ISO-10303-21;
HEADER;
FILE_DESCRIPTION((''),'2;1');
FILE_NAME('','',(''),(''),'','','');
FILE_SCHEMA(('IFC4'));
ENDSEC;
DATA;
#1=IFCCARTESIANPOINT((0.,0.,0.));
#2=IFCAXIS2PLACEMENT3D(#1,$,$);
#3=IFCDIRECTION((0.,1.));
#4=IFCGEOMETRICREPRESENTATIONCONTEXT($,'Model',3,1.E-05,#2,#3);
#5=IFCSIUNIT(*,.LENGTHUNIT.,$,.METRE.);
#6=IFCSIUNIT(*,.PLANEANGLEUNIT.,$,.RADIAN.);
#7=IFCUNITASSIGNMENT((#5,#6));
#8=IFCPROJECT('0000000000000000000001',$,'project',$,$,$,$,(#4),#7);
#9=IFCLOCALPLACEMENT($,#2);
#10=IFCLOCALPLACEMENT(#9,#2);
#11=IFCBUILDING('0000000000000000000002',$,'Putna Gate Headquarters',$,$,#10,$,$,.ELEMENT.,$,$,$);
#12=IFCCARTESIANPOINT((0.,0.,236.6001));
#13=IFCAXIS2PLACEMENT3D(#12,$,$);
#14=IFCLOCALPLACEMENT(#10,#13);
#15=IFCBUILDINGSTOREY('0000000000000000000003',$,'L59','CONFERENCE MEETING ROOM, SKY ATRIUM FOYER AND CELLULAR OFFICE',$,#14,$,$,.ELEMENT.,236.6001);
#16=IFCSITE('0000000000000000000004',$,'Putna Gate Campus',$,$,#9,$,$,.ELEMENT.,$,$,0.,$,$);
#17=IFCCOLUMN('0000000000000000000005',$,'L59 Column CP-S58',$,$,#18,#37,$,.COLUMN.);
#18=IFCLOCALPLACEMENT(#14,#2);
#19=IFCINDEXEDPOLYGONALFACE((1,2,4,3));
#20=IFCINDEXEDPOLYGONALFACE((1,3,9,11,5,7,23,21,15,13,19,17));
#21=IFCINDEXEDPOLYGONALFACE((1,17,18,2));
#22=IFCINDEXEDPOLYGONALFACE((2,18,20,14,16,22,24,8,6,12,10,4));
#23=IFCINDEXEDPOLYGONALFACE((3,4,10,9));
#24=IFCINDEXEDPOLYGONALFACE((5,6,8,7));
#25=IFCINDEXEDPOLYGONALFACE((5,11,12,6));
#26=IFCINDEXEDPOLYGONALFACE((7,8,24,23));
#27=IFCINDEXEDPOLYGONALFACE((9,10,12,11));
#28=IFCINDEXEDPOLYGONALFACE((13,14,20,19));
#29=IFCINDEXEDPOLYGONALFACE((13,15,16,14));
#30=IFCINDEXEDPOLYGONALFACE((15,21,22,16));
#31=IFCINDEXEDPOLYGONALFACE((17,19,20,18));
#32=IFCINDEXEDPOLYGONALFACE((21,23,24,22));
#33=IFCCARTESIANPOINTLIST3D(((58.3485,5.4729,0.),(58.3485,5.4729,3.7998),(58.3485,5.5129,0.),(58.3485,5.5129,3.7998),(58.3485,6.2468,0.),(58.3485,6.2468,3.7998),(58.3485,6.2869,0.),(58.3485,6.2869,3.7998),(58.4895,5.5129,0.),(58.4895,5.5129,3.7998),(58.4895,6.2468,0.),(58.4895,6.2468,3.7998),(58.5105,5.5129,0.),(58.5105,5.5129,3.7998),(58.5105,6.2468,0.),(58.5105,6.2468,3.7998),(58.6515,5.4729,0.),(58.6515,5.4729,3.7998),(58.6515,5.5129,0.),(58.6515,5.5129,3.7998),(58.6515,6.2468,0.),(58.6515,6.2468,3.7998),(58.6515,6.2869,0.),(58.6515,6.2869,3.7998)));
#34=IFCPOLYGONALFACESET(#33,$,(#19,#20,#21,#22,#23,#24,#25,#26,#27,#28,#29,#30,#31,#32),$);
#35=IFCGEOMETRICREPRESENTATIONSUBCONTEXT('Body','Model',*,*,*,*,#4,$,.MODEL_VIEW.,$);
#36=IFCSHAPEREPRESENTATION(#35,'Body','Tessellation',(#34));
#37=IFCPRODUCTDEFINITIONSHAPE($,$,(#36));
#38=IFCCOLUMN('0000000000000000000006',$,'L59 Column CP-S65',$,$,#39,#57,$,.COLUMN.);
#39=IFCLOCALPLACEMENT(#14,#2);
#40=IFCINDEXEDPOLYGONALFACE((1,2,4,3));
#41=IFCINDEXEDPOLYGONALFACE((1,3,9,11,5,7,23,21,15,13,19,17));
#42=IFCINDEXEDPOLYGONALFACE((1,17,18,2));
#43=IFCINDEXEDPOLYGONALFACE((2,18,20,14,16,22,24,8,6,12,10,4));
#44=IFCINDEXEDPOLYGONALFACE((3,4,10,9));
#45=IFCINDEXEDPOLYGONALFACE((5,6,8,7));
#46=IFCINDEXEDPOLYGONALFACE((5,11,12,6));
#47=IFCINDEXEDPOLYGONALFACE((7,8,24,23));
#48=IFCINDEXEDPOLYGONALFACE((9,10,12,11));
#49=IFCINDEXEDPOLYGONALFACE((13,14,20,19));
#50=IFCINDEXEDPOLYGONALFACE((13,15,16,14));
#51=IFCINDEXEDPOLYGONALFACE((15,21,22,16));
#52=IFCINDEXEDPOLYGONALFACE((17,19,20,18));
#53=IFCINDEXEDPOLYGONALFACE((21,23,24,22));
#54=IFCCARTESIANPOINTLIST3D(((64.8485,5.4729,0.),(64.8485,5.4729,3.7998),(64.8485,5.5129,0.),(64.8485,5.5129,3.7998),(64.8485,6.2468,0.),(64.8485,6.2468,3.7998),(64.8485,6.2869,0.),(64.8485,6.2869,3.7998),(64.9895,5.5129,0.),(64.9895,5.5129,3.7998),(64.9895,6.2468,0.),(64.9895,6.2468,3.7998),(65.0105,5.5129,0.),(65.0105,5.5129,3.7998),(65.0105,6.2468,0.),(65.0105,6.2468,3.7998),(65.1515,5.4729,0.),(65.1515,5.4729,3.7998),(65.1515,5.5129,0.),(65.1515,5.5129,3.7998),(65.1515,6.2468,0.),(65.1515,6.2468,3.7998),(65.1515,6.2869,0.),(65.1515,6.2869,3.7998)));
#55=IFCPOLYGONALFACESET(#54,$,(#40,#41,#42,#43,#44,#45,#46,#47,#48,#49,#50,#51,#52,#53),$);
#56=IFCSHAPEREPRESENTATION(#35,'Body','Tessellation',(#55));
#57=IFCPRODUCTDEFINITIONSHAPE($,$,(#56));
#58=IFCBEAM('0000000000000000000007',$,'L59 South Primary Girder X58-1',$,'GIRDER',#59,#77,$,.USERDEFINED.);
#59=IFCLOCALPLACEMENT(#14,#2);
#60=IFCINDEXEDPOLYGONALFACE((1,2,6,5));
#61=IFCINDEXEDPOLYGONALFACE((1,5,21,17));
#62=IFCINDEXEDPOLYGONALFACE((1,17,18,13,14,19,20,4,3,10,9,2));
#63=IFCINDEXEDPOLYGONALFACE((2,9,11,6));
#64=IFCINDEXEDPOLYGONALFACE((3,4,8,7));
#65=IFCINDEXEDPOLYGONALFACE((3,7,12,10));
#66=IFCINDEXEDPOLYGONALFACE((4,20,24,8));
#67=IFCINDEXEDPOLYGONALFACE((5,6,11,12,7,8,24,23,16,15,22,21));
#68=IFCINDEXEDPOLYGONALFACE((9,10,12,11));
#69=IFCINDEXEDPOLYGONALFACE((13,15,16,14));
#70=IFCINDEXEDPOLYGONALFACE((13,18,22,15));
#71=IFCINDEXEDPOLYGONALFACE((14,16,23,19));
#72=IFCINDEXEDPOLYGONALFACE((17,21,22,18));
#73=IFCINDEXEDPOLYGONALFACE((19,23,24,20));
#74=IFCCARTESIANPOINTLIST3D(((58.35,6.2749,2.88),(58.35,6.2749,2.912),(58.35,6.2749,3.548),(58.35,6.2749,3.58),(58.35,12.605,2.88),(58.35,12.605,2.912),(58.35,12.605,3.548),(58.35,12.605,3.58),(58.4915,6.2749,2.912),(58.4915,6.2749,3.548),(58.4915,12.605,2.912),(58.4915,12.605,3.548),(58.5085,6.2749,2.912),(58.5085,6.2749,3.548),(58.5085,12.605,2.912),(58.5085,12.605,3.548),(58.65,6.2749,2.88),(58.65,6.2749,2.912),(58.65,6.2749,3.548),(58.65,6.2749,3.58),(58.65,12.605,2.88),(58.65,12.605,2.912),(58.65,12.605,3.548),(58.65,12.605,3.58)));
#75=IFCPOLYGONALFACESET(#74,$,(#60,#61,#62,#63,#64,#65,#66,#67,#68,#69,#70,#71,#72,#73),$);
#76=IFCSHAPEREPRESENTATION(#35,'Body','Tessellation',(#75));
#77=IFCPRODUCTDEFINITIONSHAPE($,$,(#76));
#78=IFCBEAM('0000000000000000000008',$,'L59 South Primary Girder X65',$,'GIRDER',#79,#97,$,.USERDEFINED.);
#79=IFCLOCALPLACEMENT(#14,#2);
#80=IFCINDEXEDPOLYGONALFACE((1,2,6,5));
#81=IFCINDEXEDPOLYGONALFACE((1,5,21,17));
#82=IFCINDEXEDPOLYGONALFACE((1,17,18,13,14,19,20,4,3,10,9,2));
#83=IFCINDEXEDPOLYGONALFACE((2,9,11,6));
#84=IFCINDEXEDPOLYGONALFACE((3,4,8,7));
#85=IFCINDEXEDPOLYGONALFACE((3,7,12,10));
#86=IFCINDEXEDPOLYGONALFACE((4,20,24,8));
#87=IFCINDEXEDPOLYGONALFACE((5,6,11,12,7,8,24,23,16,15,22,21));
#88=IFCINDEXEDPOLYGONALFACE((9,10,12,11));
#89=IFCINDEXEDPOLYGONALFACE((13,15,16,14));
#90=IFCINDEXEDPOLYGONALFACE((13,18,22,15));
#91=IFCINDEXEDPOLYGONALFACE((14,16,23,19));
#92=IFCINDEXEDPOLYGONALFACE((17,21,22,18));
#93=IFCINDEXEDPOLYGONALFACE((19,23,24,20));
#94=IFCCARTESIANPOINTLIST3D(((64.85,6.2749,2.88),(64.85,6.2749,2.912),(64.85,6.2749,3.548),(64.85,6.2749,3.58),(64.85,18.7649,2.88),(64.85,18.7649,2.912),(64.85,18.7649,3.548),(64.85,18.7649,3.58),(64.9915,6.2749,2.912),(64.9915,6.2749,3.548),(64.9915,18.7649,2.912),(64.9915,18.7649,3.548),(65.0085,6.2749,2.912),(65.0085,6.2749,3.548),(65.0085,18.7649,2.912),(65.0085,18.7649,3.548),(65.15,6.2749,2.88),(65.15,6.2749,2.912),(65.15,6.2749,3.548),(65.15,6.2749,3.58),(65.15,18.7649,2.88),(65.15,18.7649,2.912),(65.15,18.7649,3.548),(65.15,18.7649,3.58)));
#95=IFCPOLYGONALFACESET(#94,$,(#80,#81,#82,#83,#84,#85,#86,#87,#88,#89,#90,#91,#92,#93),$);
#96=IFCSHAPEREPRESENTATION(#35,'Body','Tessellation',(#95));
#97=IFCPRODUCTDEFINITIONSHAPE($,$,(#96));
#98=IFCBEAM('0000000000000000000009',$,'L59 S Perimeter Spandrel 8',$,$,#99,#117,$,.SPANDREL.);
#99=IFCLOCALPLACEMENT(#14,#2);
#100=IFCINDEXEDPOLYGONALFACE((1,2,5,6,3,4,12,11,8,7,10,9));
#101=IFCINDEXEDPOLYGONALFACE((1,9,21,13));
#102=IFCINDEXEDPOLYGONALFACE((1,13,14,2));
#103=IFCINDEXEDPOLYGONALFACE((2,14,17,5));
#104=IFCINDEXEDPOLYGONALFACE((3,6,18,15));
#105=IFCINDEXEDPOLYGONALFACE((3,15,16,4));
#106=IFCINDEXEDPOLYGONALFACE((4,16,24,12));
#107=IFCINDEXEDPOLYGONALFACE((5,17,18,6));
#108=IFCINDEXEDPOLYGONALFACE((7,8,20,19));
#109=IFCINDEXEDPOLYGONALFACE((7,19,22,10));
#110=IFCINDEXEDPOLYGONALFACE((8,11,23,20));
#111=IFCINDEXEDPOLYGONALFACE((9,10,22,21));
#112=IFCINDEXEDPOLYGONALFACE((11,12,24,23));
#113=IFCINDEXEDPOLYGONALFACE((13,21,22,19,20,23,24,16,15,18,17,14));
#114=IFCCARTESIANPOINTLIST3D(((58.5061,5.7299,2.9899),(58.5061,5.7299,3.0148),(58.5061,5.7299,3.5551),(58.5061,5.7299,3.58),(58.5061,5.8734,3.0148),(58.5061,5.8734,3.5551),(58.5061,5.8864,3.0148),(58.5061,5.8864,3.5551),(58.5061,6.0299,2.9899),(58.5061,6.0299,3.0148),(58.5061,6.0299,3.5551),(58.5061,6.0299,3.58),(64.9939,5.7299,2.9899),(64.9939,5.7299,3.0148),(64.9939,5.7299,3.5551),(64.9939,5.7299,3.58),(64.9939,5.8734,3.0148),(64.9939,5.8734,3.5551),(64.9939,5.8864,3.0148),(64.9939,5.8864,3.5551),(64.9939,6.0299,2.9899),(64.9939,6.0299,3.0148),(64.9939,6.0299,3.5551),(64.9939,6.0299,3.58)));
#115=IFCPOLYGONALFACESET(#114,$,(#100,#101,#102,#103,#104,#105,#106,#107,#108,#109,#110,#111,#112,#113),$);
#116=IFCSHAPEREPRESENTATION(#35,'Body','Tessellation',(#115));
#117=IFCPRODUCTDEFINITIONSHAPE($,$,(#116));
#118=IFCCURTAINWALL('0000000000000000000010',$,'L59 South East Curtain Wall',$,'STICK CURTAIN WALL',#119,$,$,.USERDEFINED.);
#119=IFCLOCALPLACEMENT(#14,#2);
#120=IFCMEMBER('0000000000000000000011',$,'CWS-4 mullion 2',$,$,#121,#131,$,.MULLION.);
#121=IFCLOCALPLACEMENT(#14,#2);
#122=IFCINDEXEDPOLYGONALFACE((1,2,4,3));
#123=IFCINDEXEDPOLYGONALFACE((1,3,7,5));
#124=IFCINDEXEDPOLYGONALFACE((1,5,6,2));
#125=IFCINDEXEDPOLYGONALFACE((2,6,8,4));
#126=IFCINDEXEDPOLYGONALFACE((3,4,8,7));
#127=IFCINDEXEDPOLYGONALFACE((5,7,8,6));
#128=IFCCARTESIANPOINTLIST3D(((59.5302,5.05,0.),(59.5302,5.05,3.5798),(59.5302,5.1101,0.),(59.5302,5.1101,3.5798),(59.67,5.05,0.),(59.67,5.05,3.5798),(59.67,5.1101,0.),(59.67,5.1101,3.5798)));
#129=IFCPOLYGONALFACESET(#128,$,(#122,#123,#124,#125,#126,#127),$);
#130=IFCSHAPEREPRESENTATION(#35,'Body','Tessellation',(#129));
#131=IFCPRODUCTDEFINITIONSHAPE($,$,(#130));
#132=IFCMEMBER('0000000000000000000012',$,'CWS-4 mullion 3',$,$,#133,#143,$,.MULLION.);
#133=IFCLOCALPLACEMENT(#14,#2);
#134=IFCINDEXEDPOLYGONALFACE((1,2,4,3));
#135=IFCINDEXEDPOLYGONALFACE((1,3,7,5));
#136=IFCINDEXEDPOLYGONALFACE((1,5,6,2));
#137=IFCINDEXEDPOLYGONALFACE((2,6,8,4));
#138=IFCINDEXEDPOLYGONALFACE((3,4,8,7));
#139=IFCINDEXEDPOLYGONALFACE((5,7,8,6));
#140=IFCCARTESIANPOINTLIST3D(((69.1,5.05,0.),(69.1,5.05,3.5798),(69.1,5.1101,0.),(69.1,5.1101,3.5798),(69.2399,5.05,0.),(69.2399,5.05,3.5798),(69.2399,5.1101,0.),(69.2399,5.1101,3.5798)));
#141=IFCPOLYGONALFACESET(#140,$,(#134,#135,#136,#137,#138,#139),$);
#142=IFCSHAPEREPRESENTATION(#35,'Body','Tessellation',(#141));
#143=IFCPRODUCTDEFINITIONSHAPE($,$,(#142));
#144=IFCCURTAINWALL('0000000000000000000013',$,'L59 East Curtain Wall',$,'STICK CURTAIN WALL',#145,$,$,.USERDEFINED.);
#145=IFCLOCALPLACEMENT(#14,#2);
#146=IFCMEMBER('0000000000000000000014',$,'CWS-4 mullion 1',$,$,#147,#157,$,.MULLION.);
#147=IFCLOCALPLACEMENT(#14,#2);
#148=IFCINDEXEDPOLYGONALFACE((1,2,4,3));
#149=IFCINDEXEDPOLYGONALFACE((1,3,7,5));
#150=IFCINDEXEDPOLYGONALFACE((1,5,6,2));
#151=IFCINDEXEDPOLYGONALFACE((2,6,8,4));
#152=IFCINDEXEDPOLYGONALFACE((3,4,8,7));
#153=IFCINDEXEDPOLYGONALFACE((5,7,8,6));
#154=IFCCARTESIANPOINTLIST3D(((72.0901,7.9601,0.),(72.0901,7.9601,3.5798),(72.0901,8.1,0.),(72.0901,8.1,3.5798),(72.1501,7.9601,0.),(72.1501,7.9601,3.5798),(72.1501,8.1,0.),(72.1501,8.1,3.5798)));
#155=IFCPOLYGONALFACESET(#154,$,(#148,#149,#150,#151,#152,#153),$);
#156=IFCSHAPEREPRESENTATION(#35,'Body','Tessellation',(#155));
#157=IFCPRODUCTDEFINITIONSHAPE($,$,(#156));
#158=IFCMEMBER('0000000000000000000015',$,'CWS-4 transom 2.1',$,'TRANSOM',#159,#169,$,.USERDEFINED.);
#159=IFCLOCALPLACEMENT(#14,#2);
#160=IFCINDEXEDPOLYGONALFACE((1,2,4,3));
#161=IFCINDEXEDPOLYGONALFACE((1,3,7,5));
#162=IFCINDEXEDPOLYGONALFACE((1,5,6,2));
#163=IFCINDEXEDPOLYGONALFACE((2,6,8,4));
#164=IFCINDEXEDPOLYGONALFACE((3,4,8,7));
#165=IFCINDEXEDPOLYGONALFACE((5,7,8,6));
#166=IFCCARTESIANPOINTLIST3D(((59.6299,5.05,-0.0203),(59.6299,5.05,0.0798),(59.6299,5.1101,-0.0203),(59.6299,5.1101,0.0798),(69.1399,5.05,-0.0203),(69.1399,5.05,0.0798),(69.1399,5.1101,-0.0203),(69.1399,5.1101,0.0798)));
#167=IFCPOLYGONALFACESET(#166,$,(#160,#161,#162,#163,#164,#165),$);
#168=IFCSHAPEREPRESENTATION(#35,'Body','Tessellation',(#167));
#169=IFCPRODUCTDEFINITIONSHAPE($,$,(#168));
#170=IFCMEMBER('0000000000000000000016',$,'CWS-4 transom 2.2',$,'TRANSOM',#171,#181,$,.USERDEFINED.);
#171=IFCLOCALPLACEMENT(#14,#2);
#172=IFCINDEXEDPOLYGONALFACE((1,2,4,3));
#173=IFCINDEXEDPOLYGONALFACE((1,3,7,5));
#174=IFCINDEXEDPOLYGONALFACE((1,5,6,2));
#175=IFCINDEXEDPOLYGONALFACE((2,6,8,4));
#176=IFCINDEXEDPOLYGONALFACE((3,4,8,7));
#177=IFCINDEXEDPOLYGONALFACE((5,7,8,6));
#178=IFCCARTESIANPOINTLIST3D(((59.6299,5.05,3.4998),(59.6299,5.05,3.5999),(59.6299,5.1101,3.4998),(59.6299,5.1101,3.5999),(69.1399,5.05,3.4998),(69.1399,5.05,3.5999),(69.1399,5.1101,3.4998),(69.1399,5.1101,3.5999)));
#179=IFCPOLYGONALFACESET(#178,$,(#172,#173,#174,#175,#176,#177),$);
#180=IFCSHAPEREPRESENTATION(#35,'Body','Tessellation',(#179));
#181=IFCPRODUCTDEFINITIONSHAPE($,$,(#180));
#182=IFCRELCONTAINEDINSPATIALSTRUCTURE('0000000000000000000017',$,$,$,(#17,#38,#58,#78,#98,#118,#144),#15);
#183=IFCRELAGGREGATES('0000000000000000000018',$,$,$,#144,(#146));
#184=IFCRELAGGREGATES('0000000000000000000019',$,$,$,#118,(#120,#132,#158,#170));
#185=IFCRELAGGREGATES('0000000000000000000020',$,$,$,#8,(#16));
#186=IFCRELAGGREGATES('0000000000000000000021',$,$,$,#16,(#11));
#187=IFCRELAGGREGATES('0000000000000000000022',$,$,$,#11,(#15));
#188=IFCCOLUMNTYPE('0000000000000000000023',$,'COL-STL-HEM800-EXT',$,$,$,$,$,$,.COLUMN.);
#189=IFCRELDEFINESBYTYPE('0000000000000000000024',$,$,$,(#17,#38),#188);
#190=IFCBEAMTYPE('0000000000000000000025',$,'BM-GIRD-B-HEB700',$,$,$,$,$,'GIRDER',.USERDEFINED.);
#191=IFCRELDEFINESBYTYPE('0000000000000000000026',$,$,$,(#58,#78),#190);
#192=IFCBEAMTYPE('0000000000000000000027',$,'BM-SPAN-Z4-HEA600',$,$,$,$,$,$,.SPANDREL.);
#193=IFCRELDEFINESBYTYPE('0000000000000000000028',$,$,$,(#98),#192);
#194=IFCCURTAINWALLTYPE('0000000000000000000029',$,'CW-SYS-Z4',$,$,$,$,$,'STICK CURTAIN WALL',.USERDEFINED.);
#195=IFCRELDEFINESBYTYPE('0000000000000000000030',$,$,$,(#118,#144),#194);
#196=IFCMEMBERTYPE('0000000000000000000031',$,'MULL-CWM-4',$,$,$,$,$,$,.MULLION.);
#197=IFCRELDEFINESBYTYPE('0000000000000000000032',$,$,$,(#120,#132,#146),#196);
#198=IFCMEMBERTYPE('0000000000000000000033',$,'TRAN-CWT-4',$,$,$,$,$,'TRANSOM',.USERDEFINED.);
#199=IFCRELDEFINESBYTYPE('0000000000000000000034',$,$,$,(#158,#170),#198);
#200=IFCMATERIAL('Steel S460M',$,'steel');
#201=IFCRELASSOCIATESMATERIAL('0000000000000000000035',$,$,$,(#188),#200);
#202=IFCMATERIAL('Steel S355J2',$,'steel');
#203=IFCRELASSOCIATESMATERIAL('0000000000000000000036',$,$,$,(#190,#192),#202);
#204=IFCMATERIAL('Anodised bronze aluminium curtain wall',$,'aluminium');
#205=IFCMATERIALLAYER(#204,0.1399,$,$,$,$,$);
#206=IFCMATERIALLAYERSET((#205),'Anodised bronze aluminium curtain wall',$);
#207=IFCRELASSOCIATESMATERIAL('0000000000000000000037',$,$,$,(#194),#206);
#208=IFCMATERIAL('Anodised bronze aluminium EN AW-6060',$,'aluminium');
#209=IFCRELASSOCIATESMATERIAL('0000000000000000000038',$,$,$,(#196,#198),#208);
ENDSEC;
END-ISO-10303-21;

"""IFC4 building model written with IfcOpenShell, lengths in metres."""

from ifc_helpers import new_model, si_unit, direction, frame, origin, origin_2d, place, context, subcontext, project, spatial, rectangle, i_section, extrude, material, layer, layer_set, material_profile, profile_set, type_object, element, aggregate, save


model = new_model("IFC4")

# Units and contexts
model_context = context("Model", 3, precision=1e-05, world=origin(), true_north=direction((0.0, 1.0)))
body_context = subcontext(model_context, "Body", "Model", "MODEL_VIEW")
ifc_project = project(units=[si_unit("LENGTHUNIT", "METRE"), si_unit("PLANEANGLEUNIT", "RADIAN")], contexts=[model_context])

# Site, building, storey
site_placement = place(None, origin())
site = spatial("IfcSite", under=ifc_project, at=site_placement, Name="Putna Gate Campus", CompositionType="ELEMENT", RefElevation=0.0)
building_placement = place(site_placement, origin())
building = spatial("IfcBuilding", under=site, at=building_placement, Name="Putna Gate Headquarters", CompositionType="ELEMENT")
storey_placement = place(building_placement, frame((0.0, 0.0, 236.6001)))
storey = spatial("IfcBuildingStorey", under=building, at=storey_placement, Name="L59", Description="CONFERENCE MEETING ROOM, SKY ATRIUM FOYER AND CELLULAR OFFICE", CompositionType="ELEMENT", Elevation=236.6001)

# Columns
ifc_material_1 = material(Name="Steel S460M", Category="steel")
ifc_material_profile_1 = material_profile(ifc_material_1, i_section(OverallWidth=0.303, OverallDepth=0.814, WebThickness=0.021, FlangeThickness=0.04, at=origin_2d()), Name="Steel S460M")
ifc_profile_set_1 = profile_set([ifc_material_profile_1], Name="Steel S460M")
column_type = type_object("IfcColumnType", Name="COL-STL-HEM800-EXT", PredefinedType="COLUMN", material=ifc_profile_set_1)
for number, where, z_axis, x_axis, name in (
    (1, (58.5, 5.8799, 0.0), (0.0, 0.0, 1.0), (1.0, 0.0, 0.0), "L59 Column CP-S58"),
    (2, (65.0, 5.8799, 0.0), (0.0, 0.0, 1.0), (1.0, 0.0, 0.0), "L59 Column CP-S65"),
):
    element("IfcColumn", number, at=place(storey_placement, frame(where, z_axis=z_axis, x_axis=x_axis)), inside=storey, type_object=column_type, Name=name, PredefinedType="COLUMN", context=body_context, shape_type="SweptSolid", body=[
        extrude(i_section(OverallWidth=0.303, OverallDepth=0.814, WebThickness=0.021, FlangeThickness=0.04, at=origin_2d()), origin(), (0.0, 0.0, 1.0), 3.7998),
    ])

# Beams
ifc_material_2 = material(Name="Steel S355J2", Category="steel")
ifc_material_profile_2 = material_profile(ifc_material_2, i_section(OverallWidth=0.3, OverallDepth=0.7, WebThickness=0.0171, FlangeThickness=0.032, at=origin_2d()), Name="Steel S355J2")
ifc_profile_set_2 = profile_set([ifc_material_profile_2], Name="Steel S355J2")
beam_type_1 = type_object("IfcBeamType", Name="BM-GIRD-B-HEB700", ElementType="GIRDER", PredefinedType="USERDEFINED", material=ifc_profile_set_2)
beam_1_placement = place(storey_placement, frame((58.5, 6.2749, 3.23), z_axis=(0.0, 1.0, 0.0), x_axis=(-1.0, 0.0, 0.0)))
element("IfcBeam", 3, at=beam_1_placement, inside=storey, type_object=beam_type_1, Name="L59 South Primary Girder X58-1", ObjectType="GIRDER", PredefinedType="USERDEFINED", context=body_context, shape_type="SweptSolid", body=[
    extrude(i_section(OverallWidth=0.3, OverallDepth=0.7, WebThickness=0.0171, FlangeThickness=0.032, at=origin_2d()), origin(), (0.0, 0.0, 1.0), 6.3301),
])
beam_2_placement = place(storey_placement, frame((65.0, 6.2749, 3.23), z_axis=(0.0, 1.0, 0.0), x_axis=(-1.0, 0.0, 0.0)))
element("IfcBeam", 4, at=beam_2_placement, inside=storey, type_object=beam_type_1, Name="L59 South Primary Girder X65", ObjectType="GIRDER", PredefinedType="USERDEFINED", context=body_context, shape_type="SweptSolid", body=[
    extrude(i_section(OverallWidth=0.3, OverallDepth=0.7, WebThickness=0.0171, FlangeThickness=0.032, at=origin_2d()), origin(), (0.0, 0.0, 1.0), 12.49),
])
ifc_material_profile_3 = material_profile(ifc_material_2, i_section(OverallWidth=0.3, OverallDepth=0.5901, WebThickness=0.0129, FlangeThickness=0.0249, at=origin_2d()), Name="Steel S355J2")
ifc_profile_set_3 = profile_set([ifc_material_profile_3], Name="Steel S355J2")
beam_type_2 = type_object("IfcBeamType", Name="BM-SPAN-Z4-HEA600", PredefinedType="SPANDREL", material=ifc_profile_set_3)
beam_3_placement = place(storey_placement, frame((58.5061, 5.8799, 3.2849), z_axis=(1.0, 0.0, 0.0), x_axis=(0.0, 1.0, 0.0)))
element("IfcBeam", 5, at=beam_3_placement, inside=storey, type_object=beam_type_2, Name="L59 S Perimeter Spandrel 8", PredefinedType="SPANDREL", context=body_context, shape_type="SweptSolid", body=[
    extrude(i_section(OverallWidth=0.3, OverallDepth=0.5901, WebThickness=0.0129, FlangeThickness=0.0249, at=origin_2d()), origin(), (0.0, 0.0, 1.0), 6.4878),
])

# Curtain wall, members
ifc_material_3 = material(Name="Anodised bronze aluminium curtain wall", Category="aluminium")
ifc_layer_1 = layer(ifc_material_3, 0.1399)
ifc_layer_set_1 = layer_set([ifc_layer_1], Name="Anodised bronze aluminium curtain wall")
curtain_wall_type = type_object("IfcCurtainWallType", Name="CW-SYS-Z4", ElementType="STICK CURTAIN WALL", PredefinedType="USERDEFINED", material=ifc_layer_set_1)
curtain_wall_1_placement = place(storey_placement, origin())
curtain_wall_1 = element("IfcCurtainWall", 6, at=curtain_wall_1_placement, inside=storey, type_object=curtain_wall_type, Name="L59 South East Curtain Wall", ObjectType="STICK CURTAIN WALL", PredefinedType="USERDEFINED")
ifc_material_4 = material(Name="Anodised bronze aluminium EN AW-6060", Category="aluminium")
ifc_material_profile_4 = material_profile(ifc_material_4, rectangle(XDim=0.0601, YDim=0.1399, at=origin_2d()), Name="Anodised bronze aluminium EN AW-6060")
ifc_profile_set_4 = profile_set([ifc_material_profile_4], Name="Anodised bronze aluminium EN AW-6060")
member_type_1 = type_object("IfcMemberType", Name="MULL-CWM-4", PredefinedType="MULLION", material=ifc_profile_set_4)
member_1_placement = place(storey_placement, frame((59.6001, 5.0801, 0.0), z_axis=(0.0, 0.0, 1.0), x_axis=(0.0, 1.0, 0.0)))
member_1 = element("IfcMember", 7, at=member_1_placement, type_object=member_type_1, Name="CWS-4 mullion 2", PredefinedType="MULLION", context=body_context, shape_type="SweptSolid", body=[
    extrude(rectangle(XDim=0.0601, YDim=0.1399, at=origin_2d()), origin(), (0.0, 0.0, 1.0), 3.5798),
])
member_2_placement = place(storey_placement, frame((69.1699, 5.0801, 0.0), z_axis=(0.0, 0.0, 1.0), x_axis=(0.0, 1.0, 0.0)))
member_2 = element("IfcMember", 8, at=member_2_placement, type_object=member_type_1, Name="CWS-4 mullion 3", PredefinedType="MULLION", context=body_context, shape_type="SweptSolid", body=[
    extrude(rectangle(XDim=0.0601, YDim=0.1399, at=origin_2d()), origin(), (0.0, 0.0, 1.0), 3.5798),
])

# Curtain wall, member
curtain_wall_2_placement = place(storey_placement, origin())
curtain_wall_2 = element("IfcCurtainWall", 9, at=curtain_wall_2_placement, inside=storey, type_object=curtain_wall_type, Name="L59 East Curtain Wall", ObjectType="STICK CURTAIN WALL", PredefinedType="USERDEFINED")
member_3_placement = place(storey_placement, frame((72.1201, 8.03, 0.0), z_axis=(0.0, 0.0, 1.0), x_axis=(-1.0, 0.0, 0.0)))
member_3 = element("IfcMember", 10, at=member_3_placement, type_object=member_type_1, Name="CWS-4 mullion 1", PredefinedType="MULLION", context=body_context, shape_type="SweptSolid", body=[
    extrude(rectangle(XDim=0.0601, YDim=0.1399, at=origin_2d()), origin(), (0.0, 0.0, 1.0), 3.5798),
])

# Members
ifc_material_profile_5 = material_profile(ifc_material_4, rectangle(XDim=0.0601, YDim=0.1001, at=origin_2d()), Name="Anodised bronze aluminium EN AW-6060")
ifc_profile_set_5 = profile_set([ifc_material_profile_5], Name="Anodised bronze aluminium EN AW-6060")
member_type_2 = type_object("IfcMemberType", Name="TRAN-CWT-4", ElementType="TRANSOM", PredefinedType="USERDEFINED", material=ifc_profile_set_5)
member_4_placement = place(storey_placement, frame((59.6299, 5.0801, 0.0298), z_axis=(1.0, 0.0, 0.0), x_axis=(0.0, 1.0, 0.0)))
member_4 = element("IfcMember", 11, at=member_4_placement, type_object=member_type_2, Name="CWS-4 transom 2.1", ObjectType="TRANSOM", PredefinedType="USERDEFINED", context=body_context, shape_type="SweptSolid", body=[
    extrude(rectangle(XDim=0.0601, YDim=0.1001, at=origin_2d()), origin(), (0.0, 0.0, 1.0), 9.51),
])
member_5_placement = place(storey_placement, frame((59.6299, 5.0801, 3.5498), z_axis=(1.0, 0.0, 0.0), x_axis=(0.0, 1.0, 0.0)))
member_5 = element("IfcMember", 12, at=member_5_placement, type_object=member_type_2, Name="CWS-4 transom 2.2", ObjectType="TRANSOM", PredefinedType="USERDEFINED", context=body_context, shape_type="SweptSolid", body=[
    extrude(rectangle(XDim=0.0601, YDim=0.1001, at=origin_2d()), origin(), (0.0, 0.0, 1.0), 9.51),
])
aggregate(curtain_wall_2, [member_3])

aggregate(curtain_wall_1, [member_1, member_2, member_4, member_5])

save(model, "model.ifc")
